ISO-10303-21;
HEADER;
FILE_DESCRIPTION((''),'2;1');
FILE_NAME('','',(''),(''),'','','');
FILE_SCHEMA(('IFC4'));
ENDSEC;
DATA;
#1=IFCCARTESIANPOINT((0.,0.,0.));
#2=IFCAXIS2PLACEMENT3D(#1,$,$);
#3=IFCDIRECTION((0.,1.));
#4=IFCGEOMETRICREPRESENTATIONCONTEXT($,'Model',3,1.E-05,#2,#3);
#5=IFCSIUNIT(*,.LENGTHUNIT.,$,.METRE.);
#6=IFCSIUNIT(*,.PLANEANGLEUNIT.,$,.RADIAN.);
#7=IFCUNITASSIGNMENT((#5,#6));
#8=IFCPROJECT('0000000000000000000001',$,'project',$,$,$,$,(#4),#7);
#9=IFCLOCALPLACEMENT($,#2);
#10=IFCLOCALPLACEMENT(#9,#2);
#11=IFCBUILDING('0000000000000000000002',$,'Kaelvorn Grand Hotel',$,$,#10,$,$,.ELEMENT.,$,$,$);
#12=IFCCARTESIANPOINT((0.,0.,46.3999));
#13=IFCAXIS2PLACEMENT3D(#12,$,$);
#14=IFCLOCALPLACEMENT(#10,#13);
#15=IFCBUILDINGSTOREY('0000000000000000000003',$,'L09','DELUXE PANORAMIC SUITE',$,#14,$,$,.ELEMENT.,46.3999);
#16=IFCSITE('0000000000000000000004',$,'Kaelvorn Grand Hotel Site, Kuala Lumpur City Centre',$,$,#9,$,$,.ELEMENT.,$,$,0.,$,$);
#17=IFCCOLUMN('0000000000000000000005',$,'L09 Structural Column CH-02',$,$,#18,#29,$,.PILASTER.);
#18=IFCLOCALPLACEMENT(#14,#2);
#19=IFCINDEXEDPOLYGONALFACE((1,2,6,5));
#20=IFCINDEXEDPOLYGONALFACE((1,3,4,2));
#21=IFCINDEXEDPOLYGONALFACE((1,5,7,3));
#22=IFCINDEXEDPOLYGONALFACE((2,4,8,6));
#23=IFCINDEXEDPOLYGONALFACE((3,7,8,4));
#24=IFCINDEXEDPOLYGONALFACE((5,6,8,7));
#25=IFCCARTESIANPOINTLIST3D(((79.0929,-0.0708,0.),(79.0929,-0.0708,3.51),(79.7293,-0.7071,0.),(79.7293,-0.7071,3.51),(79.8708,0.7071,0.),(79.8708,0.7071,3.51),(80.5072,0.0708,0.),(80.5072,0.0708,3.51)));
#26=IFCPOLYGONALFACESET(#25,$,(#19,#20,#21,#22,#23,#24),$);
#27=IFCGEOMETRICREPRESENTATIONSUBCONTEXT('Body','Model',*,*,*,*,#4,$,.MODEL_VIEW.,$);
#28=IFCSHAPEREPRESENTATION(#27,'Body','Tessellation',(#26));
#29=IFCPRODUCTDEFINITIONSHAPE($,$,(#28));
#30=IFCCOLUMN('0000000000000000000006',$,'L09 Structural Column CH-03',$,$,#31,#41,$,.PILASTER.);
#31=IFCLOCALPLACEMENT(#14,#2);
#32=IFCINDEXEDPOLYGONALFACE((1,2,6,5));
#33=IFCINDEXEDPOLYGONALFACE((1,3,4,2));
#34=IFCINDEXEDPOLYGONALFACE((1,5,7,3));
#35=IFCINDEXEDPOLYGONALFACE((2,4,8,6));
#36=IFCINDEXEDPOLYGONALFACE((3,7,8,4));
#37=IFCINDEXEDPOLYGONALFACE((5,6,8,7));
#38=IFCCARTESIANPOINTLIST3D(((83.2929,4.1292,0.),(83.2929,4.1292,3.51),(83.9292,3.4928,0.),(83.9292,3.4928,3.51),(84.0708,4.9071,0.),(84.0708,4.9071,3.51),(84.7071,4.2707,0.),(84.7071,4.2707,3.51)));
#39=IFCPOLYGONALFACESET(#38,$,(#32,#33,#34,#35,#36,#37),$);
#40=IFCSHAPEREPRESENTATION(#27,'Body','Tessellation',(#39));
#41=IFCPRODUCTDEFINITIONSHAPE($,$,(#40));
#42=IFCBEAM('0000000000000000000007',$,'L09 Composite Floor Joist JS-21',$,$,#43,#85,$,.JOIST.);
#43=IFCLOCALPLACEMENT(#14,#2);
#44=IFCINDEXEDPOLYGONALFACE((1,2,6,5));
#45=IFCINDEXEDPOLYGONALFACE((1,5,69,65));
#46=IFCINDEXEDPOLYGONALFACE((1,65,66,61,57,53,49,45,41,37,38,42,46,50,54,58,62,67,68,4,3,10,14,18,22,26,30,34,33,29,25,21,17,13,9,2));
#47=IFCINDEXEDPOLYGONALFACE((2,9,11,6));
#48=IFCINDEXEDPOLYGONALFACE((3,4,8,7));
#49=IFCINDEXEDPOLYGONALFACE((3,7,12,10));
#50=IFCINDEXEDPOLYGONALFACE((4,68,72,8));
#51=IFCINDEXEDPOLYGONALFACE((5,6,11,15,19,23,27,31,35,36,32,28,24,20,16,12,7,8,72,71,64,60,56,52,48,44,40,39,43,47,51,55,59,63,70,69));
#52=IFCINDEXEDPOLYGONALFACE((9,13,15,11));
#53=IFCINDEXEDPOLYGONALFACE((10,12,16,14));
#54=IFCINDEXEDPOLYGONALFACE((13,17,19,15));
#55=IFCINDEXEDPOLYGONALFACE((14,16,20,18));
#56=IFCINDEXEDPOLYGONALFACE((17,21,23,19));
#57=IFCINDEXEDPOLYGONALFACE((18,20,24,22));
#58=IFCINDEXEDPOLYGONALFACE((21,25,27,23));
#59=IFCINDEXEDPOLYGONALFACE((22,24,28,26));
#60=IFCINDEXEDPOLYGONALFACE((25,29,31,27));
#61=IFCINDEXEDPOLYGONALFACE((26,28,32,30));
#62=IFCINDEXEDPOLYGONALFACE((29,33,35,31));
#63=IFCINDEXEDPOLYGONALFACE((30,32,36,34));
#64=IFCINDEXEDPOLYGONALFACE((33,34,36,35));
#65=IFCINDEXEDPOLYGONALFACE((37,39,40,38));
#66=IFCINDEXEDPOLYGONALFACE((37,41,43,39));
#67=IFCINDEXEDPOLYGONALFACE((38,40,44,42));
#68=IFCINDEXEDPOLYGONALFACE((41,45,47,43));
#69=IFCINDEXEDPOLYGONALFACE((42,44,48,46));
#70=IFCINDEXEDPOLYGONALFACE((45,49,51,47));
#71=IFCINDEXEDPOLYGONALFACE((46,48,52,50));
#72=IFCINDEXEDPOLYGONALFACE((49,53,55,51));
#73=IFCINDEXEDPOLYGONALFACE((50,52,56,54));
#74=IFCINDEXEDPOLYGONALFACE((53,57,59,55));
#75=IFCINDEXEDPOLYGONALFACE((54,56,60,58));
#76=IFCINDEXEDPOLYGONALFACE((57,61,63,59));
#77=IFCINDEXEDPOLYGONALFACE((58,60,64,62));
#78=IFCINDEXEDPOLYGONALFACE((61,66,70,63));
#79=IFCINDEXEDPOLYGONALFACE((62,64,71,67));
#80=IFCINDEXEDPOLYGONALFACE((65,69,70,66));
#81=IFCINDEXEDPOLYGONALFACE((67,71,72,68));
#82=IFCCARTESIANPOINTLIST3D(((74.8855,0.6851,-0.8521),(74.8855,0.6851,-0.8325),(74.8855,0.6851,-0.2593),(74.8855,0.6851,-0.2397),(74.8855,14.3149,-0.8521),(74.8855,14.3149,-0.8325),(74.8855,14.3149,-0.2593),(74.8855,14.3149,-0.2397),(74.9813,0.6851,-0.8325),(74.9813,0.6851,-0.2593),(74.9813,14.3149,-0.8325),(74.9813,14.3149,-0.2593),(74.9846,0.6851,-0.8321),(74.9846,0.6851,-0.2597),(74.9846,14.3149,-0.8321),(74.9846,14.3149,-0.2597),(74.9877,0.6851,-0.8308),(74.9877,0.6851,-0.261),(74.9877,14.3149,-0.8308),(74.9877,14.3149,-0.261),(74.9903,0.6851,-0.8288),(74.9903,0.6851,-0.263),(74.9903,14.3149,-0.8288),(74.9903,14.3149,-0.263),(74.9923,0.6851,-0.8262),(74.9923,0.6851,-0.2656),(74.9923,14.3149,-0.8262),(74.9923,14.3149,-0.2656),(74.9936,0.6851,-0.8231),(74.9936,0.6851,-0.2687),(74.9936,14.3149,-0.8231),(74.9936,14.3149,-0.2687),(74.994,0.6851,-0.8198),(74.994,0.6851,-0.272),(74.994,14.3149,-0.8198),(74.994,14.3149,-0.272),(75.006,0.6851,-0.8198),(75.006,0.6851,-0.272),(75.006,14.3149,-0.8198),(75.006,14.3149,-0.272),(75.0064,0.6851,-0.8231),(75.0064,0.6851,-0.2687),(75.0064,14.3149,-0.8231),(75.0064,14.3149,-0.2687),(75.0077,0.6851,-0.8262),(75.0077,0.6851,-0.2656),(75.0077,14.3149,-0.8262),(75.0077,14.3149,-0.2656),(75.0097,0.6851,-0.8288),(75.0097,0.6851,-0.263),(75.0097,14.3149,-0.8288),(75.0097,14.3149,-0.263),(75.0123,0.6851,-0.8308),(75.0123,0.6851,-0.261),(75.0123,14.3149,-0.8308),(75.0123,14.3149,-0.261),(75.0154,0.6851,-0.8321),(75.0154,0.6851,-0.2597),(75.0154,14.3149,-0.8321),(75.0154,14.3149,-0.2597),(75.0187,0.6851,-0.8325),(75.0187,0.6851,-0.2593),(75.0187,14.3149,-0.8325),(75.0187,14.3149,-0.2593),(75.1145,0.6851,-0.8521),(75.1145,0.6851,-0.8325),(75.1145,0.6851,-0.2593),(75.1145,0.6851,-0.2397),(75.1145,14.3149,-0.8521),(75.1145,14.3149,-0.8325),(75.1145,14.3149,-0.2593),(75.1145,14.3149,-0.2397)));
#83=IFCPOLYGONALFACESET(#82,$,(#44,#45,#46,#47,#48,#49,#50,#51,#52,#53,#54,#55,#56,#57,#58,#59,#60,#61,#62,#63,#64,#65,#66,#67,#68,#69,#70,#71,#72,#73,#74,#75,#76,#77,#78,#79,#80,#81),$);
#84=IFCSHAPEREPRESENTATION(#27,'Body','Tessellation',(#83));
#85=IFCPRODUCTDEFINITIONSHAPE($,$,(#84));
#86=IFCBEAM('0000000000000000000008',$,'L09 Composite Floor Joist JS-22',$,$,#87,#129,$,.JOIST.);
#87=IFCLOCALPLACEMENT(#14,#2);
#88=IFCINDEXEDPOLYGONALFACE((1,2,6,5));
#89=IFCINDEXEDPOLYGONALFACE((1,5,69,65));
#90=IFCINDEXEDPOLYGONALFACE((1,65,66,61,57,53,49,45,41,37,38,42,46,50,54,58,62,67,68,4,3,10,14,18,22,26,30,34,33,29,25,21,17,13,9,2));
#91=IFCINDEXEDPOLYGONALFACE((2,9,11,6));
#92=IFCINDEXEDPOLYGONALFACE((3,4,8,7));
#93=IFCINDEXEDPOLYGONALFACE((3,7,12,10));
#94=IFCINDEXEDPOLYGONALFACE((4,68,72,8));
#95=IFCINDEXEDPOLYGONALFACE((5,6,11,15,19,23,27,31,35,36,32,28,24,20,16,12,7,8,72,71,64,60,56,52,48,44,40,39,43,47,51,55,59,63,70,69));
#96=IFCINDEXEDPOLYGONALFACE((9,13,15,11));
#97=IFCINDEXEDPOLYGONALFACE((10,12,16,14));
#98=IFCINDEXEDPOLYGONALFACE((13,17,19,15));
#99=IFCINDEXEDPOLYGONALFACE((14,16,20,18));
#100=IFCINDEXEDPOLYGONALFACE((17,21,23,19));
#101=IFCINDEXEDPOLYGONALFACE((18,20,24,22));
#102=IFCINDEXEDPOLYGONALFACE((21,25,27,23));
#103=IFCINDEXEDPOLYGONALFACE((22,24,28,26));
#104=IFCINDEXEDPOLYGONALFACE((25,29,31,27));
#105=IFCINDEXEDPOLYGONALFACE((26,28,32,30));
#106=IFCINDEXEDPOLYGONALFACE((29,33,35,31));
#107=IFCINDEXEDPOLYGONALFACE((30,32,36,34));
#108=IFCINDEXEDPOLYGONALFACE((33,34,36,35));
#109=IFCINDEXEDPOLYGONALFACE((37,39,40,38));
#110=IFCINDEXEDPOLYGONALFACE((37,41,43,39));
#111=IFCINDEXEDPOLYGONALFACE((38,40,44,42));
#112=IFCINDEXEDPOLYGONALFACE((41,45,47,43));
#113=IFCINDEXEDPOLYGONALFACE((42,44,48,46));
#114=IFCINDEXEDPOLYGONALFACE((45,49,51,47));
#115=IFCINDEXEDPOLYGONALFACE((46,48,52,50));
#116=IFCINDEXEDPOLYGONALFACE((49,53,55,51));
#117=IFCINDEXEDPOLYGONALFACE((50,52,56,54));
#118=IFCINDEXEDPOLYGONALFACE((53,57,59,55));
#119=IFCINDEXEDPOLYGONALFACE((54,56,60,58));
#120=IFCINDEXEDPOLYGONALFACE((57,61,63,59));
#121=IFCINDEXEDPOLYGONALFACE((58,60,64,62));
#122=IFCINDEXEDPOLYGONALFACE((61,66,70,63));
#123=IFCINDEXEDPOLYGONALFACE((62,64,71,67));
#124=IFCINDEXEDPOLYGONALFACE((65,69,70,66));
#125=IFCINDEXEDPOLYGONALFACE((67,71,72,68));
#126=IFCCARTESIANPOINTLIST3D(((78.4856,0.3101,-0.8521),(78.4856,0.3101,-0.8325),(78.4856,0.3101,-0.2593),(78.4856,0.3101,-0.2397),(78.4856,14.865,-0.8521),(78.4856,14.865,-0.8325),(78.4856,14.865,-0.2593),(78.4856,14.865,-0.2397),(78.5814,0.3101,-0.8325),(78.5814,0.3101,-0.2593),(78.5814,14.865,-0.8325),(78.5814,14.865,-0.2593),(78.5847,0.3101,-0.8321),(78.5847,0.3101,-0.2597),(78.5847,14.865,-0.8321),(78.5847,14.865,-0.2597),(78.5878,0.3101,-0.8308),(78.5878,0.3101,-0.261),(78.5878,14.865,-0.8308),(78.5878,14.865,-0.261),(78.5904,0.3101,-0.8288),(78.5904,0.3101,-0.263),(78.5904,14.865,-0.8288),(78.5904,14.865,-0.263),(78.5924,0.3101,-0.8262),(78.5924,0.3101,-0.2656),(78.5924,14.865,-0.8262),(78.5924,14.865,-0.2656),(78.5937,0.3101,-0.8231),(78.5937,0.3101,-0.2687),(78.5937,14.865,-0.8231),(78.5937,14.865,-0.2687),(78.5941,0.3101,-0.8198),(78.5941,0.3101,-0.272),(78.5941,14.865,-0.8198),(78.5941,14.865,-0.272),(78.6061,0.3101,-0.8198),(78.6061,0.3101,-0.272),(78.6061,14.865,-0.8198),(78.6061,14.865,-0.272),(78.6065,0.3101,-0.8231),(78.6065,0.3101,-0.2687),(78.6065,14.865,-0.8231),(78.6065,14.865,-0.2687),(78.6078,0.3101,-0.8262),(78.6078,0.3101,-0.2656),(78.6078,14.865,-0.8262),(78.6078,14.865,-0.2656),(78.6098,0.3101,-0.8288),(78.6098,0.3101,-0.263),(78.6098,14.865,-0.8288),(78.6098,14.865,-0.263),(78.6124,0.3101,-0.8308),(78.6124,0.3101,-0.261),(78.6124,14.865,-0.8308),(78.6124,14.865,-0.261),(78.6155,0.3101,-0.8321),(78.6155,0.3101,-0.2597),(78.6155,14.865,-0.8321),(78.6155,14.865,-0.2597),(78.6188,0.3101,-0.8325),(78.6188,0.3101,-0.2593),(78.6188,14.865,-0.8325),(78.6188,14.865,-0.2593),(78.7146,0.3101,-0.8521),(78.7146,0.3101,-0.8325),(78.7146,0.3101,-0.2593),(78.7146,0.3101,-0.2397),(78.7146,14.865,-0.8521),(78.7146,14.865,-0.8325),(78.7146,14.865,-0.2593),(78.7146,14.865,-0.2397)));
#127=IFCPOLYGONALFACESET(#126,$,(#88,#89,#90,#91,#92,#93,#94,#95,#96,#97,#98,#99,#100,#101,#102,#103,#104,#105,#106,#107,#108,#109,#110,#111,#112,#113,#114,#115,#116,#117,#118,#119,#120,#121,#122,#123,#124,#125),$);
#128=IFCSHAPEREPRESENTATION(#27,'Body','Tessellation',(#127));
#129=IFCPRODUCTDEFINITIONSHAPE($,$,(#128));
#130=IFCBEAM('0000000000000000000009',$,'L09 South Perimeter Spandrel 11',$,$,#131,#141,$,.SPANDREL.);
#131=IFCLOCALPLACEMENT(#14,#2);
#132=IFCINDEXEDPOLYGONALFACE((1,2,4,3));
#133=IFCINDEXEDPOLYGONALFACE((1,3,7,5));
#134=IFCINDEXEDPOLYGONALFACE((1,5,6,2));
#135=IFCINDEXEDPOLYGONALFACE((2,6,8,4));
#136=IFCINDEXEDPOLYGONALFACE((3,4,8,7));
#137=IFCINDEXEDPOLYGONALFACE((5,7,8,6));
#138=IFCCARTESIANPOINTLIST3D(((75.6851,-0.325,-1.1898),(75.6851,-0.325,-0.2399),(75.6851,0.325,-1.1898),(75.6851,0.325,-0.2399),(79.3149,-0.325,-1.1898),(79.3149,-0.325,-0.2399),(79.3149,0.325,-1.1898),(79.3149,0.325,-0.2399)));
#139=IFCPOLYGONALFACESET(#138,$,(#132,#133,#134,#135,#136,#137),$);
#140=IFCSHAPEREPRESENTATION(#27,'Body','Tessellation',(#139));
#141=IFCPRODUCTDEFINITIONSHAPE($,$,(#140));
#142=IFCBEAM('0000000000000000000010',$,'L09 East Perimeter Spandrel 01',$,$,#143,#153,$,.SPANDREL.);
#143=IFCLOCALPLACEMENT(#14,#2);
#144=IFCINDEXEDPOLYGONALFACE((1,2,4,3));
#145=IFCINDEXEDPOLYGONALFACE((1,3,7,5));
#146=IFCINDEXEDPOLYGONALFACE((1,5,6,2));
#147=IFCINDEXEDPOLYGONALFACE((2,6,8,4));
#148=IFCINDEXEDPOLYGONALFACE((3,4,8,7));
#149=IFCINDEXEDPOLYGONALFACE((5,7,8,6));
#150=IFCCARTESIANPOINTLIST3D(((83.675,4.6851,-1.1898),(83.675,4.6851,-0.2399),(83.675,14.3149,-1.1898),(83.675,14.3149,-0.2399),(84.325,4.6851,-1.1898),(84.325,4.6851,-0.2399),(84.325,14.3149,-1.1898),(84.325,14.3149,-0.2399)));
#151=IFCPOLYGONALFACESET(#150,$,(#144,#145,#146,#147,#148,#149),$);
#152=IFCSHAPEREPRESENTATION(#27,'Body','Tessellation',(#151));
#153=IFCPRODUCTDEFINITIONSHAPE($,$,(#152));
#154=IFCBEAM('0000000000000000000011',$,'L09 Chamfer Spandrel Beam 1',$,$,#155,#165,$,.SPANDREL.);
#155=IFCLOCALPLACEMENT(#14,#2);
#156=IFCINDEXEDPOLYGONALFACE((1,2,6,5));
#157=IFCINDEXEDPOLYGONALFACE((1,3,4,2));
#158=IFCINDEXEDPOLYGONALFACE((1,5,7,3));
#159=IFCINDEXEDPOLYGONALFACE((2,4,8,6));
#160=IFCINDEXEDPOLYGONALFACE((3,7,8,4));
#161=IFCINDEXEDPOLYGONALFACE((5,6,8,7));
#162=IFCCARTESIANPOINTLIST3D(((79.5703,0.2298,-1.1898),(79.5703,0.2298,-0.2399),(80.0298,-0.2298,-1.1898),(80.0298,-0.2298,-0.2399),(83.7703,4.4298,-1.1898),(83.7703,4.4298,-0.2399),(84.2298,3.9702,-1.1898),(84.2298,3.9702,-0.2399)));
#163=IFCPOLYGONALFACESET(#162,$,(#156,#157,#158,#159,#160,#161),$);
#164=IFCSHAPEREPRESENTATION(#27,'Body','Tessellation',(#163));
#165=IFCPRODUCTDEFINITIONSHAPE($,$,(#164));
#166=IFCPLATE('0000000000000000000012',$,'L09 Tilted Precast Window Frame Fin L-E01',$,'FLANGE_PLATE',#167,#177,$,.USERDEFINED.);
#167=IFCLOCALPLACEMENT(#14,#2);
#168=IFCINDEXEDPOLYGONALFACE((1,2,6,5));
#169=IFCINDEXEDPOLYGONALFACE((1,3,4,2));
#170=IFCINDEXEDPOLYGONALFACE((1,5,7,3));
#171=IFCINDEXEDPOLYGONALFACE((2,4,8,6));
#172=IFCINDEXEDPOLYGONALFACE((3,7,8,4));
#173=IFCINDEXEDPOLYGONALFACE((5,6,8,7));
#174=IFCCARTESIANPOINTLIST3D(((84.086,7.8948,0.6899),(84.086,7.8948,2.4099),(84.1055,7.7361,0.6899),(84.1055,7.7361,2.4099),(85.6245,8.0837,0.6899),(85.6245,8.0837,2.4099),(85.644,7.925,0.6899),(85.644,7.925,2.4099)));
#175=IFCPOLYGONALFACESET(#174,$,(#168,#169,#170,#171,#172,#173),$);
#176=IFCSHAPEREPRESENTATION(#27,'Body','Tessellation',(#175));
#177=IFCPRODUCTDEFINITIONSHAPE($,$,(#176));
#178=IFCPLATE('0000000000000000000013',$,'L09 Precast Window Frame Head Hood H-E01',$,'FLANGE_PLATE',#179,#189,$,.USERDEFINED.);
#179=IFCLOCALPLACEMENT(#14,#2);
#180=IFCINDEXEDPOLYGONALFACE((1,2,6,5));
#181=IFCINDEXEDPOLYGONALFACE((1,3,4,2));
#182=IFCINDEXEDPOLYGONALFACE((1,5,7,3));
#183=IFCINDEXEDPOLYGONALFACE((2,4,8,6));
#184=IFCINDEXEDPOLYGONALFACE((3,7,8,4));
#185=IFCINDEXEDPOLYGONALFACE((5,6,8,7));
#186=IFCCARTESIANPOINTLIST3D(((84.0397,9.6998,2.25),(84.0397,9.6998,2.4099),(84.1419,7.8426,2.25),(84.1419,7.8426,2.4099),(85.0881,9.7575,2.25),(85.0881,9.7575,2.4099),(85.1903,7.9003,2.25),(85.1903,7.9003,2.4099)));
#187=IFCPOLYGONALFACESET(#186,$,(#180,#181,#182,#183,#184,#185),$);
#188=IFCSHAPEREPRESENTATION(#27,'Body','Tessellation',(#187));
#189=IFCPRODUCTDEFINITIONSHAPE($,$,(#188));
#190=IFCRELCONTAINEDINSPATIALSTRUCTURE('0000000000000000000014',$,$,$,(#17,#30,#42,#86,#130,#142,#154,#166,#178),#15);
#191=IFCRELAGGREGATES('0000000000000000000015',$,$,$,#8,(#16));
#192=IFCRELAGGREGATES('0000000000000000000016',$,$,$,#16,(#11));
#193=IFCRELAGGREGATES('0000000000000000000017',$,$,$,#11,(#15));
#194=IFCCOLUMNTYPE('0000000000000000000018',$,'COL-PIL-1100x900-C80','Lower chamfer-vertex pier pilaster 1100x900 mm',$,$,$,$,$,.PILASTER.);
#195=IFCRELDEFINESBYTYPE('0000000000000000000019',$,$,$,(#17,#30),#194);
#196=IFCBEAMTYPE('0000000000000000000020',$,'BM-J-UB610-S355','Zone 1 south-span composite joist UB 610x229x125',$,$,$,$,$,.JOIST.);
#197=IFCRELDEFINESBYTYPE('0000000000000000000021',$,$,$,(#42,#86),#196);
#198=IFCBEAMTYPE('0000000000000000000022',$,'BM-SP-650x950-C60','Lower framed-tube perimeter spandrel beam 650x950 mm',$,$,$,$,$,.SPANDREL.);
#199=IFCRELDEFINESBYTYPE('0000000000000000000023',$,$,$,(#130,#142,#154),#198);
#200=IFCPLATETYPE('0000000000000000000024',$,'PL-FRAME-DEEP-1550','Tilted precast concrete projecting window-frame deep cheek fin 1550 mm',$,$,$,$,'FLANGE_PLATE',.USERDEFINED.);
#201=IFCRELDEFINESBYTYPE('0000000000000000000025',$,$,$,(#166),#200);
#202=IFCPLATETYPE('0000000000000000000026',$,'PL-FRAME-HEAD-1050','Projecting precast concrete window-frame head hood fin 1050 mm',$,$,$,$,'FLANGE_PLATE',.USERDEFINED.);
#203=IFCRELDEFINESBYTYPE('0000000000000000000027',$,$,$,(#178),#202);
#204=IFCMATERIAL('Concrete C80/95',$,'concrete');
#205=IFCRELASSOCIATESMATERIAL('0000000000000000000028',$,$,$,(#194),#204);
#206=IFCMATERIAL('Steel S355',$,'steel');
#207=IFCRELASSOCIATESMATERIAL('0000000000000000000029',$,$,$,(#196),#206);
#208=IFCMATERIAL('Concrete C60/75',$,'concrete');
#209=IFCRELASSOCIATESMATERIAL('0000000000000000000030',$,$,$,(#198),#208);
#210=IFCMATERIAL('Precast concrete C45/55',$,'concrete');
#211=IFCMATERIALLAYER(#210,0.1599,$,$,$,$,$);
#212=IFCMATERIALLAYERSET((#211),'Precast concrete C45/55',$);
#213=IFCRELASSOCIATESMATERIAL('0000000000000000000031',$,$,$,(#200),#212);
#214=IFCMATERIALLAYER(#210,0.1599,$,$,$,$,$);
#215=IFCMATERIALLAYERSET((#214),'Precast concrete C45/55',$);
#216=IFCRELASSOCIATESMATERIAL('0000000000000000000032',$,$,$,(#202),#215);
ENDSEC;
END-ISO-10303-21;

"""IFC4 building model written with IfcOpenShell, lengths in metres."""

from ifc_helpers import new_model, si_unit, direction, frame, origin, origin_2d, place, context, subcontext, project, spatial, rectangle, i_section, extrude, material, layer, layer_set, material_profile, profile_set, type_object, element, save


model = new_model("IFC4")

# Units and contexts
model_context = context("Model", 3, precision=1e-05, world=origin(), true_north=direction((0.0, 1.0)))
body_context = subcontext(model_context, "Body", "Model", "MODEL_VIEW")
ifc_project = project(units=[si_unit("LENGTHUNIT", "METRE"), si_unit("PLANEANGLEUNIT", "RADIAN")], contexts=[model_context])

# Site, building, storey
site_placement = place(None, origin())
site = spatial("IfcSite", under=ifc_project, at=site_placement, Name="Kaelvorn Grand Hotel Site, Kuala Lumpur City Centre", CompositionType="ELEMENT", RefElevation=0.0)
building_placement = place(site_placement, origin())
building = spatial("IfcBuilding", under=site, at=building_placement, Name="Kaelvorn Grand Hotel", CompositionType="ELEMENT")
storey_placement = place(building_placement, frame((0.0, 0.0, 46.3999)))
storey = spatial("IfcBuildingStorey", under=building, at=storey_placement, Name="L09", Description="DELUXE PANORAMIC SUITE", CompositionType="ELEMENT", Elevation=46.3999)

# Columns
ifc_material_1 = material(Name="Concrete C80/95", Category="concrete")
ifc_material_profile_1 = material_profile(ifc_material_1, rectangle(XDim=1.1001, YDim=0.8999, at=origin_2d()), Name="RC PILASTER 1100x900")
ifc_profile_set_1 = profile_set([ifc_material_profile_1], Name="Concrete C80/95")
column_type = type_object("IfcColumnType", Name="COL-PIL-1100x900-C80", Description="Lower chamfer-vertex pier pilaster 1100x900 mm", PredefinedType="PILASTER", material=ifc_profile_set_1)
for number, where, z_axis, x_axis, name in (
    (1, (79.8, 0.0, 0.0), (0.0, 0.0, 1.0), (0.707107, 0.707107, 0.0), "L09 Structural Column CH-02"),
    (2, (84.0, 4.2, 0.0), (0.0, 0.0, 1.0), (0.707107, 0.707107, 0.0), "L09 Structural Column CH-03"),
):
    element("IfcColumn", number, at=place(storey_placement, frame(where, z_axis=z_axis, x_axis=x_axis)), inside=storey, type_object=column_type, Name=name, PredefinedType="PILASTER", context=body_context, shape_type="SweptSolid", body=[
        extrude(rectangle(XDim=1.1001, YDim=0.8999, at=origin_2d()), origin(), (0.0, 0.0, 1.0), 3.51),
    ])

# Beams
ifc_material_2 = material(Name="Steel S355", Category="steel")
ifc_material_profile_2 = material_profile(ifc_material_2, i_section(OverallWidth=0.229, OverallDepth=0.6123, WebThickness=0.012, FlangeThickness=0.0195, FilletRadius=0.0127, at=origin_2d()), Name="UB 610x229x125")
ifc_profile_set_2 = profile_set([ifc_material_profile_2], Name="Steel S355")
beam_type_1 = type_object("IfcBeamType", Name="BM-J-UB610-S355", Description="Zone 1 south-span composite joist UB 610x229x125", PredefinedType="JOIST", material=ifc_profile_set_2)
beam_1_placement = place(storey_placement, frame((75.0, 0.6851, -0.5459), z_axis=(0.0, 1.0, 0.0), x_axis=(-1.0, 0.0, 0.0)))
element("IfcBeam", 3, at=beam_1_placement, inside=storey, type_object=beam_type_1, Name="L09 Composite Floor Joist JS-21", PredefinedType="JOIST", context=body_context, shape_type="SweptSolid", body=[
    extrude(i_section(OverallWidth=0.229, OverallDepth=0.6123, WebThickness=0.012, FlangeThickness=0.0195, FilletRadius=0.0127, at=origin_2d()), origin(), (0.0, 0.0, 1.0), 13.6299),
])
beam_2_placement = place(storey_placement, frame((78.6001, 0.3101, -0.5459), z_axis=(0.0, 1.0, 0.0), x_axis=(-1.0, 0.0, 0.0)))
element("IfcBeam", 4, at=beam_2_placement, inside=storey, type_object=beam_type_1, Name="L09 Composite Floor Joist JS-22", PredefinedType="JOIST", context=body_context, shape_type="SweptSolid", body=[
    extrude(i_section(OverallWidth=0.229, OverallDepth=0.6123, WebThickness=0.012, FlangeThickness=0.0195, FilletRadius=0.0127, at=origin_2d()), origin(), (0.0, 0.0, 1.0), 14.5549),
])
ifc_material_3 = material(Name="Concrete C60/75", Category="concrete")
ifc_material_profile_3 = material_profile(ifc_material_3, rectangle(XDim=0.6499, YDim=0.95, at=origin_2d()), Name="RC SPANDREL 650x950")
ifc_profile_set_3 = profile_set([ifc_material_profile_3], Name="Concrete C60/75")
beam_type_2 = type_object("IfcBeamType", Name="BM-SP-650x950-C60", Description="Lower framed-tube perimeter spandrel beam 650x950 mm", PredefinedType="SPANDREL", material=ifc_profile_set_3)
beam_3_placement = place(storey_placement, frame((75.6851, 0.0, -0.7148), z_axis=(1.0, 0.0, 0.0), x_axis=(0.0, 1.0, 0.0)))
element("IfcBeam", 5, at=beam_3_placement, inside=storey, type_object=beam_type_2, Name="L09 South Perimeter Spandrel 11", PredefinedType="SPANDREL", context=body_context, shape_type="SweptSolid", body=[
    extrude(rectangle(XDim=0.6499, YDim=0.95, at=origin_2d()), origin(), (0.0, 0.0, 1.0), 3.6299),
])
beam_4_placement = place(storey_placement, frame((84.0, 4.6851, -0.7148), z_axis=(0.0, 1.0, 0.0), x_axis=(-1.0, 0.0, 0.0)))
element("IfcBeam", 6, at=beam_4_placement, inside=storey, type_object=beam_type_2, Name="L09 East Perimeter Spandrel 01", PredefinedType="SPANDREL", context=body_context, shape_type="SweptSolid", body=[
    extrude(rectangle(XDim=0.6499, YDim=0.95, at=origin_2d()), origin(), (0.0, 0.0, 1.0), 9.6299),
])
beam_5_placement = place(storey_placement, frame((79.8, 0.0, -0.7148), z_axis=(0.707107, 0.707107, 0.0), x_axis=(-0.707107, 0.707107, 0.0)))
element("IfcBeam", 7, at=beam_5_placement, inside=storey, type_object=beam_type_2, Name="L09 Chamfer Spandrel Beam 1", PredefinedType="SPANDREL", context=body_context, shape_type="SweptSolid", body=[
    extrude(rectangle(XDim=0.6499, YDim=0.95, at=origin_2d()), origin(), (0.0, 0.0, 1.0), 5.9397),
])

# Plates
ifc_material_4 = material(Name="Precast concrete C45/55", Category="concrete")
ifc_layer_1 = layer(ifc_material_4, 0.1599)
ifc_layer_set_1 = layer_set([ifc_layer_1], Name="Precast concrete C45/55")
plate_type_1 = type_object("IfcPlateType", Name="PL-FRAME-DEEP-1550", Description="Tilted precast concrete projecting window-frame deep cheek fin 1550 mm", ElementType="FLANGE_PLATE", PredefinedType="USERDEFINED", material=ifc_layer_set_1)
plate_1_placement = place(storey_placement, frame((84.865, 7.9099, 0.6899), z_axis=(0.0, 0.0, 1.0), x_axis=(-0.121869, 0.992546, 0.0)))
element("IfcPlate", 8, at=plate_1_placement, inside=storey, type_object=plate_type_1, Name="L09 Tilted Precast Window Frame Fin L-E01", ObjectType="FLANGE_PLATE", PredefinedType="USERDEFINED", context=body_context, shape_type="SweptSolid", body=[
    extrude(rectangle(XDim=0.1599, YDim=1.55, at=origin_2d()), origin(), (0.0, 0.0, 1.0), 1.72),
])
ifc_layer_2 = layer(ifc_material_4, 0.1599)
ifc_layer_set_2 = layer_set([ifc_layer_2], Name="Precast concrete C45/55")
plate_type_2 = type_object("IfcPlateType", Name="PL-FRAME-HEAD-1050", Description="Projecting precast concrete window-frame head hood fin 1050 mm", ElementType="FLANGE_PLATE", PredefinedType="USERDEFINED", material=ifc_layer_set_2)
plate_2_placement = place(storey_placement, frame((84.615, 8.8, 2.25), z_axis=(0.0, 0.0, 1.0), x_axis=(-0.05495, 0.998489, 0.0)))
element("IfcPlate", 9, at=plate_2_placement, inside=storey, type_object=plate_type_2, Name="L09 Precast Window Frame Head Hood H-E01", ObjectType="FLANGE_PLATE", PredefinedType="USERDEFINED", context=body_context, shape_type="SweptSolid", body=[
    extrude(rectangle(XDim=1.8601, YDim=1.05, at=origin_2d()), origin(), (0.0, 0.0, 1.0), 0.1599),
])

save(model, "model.ifc")
